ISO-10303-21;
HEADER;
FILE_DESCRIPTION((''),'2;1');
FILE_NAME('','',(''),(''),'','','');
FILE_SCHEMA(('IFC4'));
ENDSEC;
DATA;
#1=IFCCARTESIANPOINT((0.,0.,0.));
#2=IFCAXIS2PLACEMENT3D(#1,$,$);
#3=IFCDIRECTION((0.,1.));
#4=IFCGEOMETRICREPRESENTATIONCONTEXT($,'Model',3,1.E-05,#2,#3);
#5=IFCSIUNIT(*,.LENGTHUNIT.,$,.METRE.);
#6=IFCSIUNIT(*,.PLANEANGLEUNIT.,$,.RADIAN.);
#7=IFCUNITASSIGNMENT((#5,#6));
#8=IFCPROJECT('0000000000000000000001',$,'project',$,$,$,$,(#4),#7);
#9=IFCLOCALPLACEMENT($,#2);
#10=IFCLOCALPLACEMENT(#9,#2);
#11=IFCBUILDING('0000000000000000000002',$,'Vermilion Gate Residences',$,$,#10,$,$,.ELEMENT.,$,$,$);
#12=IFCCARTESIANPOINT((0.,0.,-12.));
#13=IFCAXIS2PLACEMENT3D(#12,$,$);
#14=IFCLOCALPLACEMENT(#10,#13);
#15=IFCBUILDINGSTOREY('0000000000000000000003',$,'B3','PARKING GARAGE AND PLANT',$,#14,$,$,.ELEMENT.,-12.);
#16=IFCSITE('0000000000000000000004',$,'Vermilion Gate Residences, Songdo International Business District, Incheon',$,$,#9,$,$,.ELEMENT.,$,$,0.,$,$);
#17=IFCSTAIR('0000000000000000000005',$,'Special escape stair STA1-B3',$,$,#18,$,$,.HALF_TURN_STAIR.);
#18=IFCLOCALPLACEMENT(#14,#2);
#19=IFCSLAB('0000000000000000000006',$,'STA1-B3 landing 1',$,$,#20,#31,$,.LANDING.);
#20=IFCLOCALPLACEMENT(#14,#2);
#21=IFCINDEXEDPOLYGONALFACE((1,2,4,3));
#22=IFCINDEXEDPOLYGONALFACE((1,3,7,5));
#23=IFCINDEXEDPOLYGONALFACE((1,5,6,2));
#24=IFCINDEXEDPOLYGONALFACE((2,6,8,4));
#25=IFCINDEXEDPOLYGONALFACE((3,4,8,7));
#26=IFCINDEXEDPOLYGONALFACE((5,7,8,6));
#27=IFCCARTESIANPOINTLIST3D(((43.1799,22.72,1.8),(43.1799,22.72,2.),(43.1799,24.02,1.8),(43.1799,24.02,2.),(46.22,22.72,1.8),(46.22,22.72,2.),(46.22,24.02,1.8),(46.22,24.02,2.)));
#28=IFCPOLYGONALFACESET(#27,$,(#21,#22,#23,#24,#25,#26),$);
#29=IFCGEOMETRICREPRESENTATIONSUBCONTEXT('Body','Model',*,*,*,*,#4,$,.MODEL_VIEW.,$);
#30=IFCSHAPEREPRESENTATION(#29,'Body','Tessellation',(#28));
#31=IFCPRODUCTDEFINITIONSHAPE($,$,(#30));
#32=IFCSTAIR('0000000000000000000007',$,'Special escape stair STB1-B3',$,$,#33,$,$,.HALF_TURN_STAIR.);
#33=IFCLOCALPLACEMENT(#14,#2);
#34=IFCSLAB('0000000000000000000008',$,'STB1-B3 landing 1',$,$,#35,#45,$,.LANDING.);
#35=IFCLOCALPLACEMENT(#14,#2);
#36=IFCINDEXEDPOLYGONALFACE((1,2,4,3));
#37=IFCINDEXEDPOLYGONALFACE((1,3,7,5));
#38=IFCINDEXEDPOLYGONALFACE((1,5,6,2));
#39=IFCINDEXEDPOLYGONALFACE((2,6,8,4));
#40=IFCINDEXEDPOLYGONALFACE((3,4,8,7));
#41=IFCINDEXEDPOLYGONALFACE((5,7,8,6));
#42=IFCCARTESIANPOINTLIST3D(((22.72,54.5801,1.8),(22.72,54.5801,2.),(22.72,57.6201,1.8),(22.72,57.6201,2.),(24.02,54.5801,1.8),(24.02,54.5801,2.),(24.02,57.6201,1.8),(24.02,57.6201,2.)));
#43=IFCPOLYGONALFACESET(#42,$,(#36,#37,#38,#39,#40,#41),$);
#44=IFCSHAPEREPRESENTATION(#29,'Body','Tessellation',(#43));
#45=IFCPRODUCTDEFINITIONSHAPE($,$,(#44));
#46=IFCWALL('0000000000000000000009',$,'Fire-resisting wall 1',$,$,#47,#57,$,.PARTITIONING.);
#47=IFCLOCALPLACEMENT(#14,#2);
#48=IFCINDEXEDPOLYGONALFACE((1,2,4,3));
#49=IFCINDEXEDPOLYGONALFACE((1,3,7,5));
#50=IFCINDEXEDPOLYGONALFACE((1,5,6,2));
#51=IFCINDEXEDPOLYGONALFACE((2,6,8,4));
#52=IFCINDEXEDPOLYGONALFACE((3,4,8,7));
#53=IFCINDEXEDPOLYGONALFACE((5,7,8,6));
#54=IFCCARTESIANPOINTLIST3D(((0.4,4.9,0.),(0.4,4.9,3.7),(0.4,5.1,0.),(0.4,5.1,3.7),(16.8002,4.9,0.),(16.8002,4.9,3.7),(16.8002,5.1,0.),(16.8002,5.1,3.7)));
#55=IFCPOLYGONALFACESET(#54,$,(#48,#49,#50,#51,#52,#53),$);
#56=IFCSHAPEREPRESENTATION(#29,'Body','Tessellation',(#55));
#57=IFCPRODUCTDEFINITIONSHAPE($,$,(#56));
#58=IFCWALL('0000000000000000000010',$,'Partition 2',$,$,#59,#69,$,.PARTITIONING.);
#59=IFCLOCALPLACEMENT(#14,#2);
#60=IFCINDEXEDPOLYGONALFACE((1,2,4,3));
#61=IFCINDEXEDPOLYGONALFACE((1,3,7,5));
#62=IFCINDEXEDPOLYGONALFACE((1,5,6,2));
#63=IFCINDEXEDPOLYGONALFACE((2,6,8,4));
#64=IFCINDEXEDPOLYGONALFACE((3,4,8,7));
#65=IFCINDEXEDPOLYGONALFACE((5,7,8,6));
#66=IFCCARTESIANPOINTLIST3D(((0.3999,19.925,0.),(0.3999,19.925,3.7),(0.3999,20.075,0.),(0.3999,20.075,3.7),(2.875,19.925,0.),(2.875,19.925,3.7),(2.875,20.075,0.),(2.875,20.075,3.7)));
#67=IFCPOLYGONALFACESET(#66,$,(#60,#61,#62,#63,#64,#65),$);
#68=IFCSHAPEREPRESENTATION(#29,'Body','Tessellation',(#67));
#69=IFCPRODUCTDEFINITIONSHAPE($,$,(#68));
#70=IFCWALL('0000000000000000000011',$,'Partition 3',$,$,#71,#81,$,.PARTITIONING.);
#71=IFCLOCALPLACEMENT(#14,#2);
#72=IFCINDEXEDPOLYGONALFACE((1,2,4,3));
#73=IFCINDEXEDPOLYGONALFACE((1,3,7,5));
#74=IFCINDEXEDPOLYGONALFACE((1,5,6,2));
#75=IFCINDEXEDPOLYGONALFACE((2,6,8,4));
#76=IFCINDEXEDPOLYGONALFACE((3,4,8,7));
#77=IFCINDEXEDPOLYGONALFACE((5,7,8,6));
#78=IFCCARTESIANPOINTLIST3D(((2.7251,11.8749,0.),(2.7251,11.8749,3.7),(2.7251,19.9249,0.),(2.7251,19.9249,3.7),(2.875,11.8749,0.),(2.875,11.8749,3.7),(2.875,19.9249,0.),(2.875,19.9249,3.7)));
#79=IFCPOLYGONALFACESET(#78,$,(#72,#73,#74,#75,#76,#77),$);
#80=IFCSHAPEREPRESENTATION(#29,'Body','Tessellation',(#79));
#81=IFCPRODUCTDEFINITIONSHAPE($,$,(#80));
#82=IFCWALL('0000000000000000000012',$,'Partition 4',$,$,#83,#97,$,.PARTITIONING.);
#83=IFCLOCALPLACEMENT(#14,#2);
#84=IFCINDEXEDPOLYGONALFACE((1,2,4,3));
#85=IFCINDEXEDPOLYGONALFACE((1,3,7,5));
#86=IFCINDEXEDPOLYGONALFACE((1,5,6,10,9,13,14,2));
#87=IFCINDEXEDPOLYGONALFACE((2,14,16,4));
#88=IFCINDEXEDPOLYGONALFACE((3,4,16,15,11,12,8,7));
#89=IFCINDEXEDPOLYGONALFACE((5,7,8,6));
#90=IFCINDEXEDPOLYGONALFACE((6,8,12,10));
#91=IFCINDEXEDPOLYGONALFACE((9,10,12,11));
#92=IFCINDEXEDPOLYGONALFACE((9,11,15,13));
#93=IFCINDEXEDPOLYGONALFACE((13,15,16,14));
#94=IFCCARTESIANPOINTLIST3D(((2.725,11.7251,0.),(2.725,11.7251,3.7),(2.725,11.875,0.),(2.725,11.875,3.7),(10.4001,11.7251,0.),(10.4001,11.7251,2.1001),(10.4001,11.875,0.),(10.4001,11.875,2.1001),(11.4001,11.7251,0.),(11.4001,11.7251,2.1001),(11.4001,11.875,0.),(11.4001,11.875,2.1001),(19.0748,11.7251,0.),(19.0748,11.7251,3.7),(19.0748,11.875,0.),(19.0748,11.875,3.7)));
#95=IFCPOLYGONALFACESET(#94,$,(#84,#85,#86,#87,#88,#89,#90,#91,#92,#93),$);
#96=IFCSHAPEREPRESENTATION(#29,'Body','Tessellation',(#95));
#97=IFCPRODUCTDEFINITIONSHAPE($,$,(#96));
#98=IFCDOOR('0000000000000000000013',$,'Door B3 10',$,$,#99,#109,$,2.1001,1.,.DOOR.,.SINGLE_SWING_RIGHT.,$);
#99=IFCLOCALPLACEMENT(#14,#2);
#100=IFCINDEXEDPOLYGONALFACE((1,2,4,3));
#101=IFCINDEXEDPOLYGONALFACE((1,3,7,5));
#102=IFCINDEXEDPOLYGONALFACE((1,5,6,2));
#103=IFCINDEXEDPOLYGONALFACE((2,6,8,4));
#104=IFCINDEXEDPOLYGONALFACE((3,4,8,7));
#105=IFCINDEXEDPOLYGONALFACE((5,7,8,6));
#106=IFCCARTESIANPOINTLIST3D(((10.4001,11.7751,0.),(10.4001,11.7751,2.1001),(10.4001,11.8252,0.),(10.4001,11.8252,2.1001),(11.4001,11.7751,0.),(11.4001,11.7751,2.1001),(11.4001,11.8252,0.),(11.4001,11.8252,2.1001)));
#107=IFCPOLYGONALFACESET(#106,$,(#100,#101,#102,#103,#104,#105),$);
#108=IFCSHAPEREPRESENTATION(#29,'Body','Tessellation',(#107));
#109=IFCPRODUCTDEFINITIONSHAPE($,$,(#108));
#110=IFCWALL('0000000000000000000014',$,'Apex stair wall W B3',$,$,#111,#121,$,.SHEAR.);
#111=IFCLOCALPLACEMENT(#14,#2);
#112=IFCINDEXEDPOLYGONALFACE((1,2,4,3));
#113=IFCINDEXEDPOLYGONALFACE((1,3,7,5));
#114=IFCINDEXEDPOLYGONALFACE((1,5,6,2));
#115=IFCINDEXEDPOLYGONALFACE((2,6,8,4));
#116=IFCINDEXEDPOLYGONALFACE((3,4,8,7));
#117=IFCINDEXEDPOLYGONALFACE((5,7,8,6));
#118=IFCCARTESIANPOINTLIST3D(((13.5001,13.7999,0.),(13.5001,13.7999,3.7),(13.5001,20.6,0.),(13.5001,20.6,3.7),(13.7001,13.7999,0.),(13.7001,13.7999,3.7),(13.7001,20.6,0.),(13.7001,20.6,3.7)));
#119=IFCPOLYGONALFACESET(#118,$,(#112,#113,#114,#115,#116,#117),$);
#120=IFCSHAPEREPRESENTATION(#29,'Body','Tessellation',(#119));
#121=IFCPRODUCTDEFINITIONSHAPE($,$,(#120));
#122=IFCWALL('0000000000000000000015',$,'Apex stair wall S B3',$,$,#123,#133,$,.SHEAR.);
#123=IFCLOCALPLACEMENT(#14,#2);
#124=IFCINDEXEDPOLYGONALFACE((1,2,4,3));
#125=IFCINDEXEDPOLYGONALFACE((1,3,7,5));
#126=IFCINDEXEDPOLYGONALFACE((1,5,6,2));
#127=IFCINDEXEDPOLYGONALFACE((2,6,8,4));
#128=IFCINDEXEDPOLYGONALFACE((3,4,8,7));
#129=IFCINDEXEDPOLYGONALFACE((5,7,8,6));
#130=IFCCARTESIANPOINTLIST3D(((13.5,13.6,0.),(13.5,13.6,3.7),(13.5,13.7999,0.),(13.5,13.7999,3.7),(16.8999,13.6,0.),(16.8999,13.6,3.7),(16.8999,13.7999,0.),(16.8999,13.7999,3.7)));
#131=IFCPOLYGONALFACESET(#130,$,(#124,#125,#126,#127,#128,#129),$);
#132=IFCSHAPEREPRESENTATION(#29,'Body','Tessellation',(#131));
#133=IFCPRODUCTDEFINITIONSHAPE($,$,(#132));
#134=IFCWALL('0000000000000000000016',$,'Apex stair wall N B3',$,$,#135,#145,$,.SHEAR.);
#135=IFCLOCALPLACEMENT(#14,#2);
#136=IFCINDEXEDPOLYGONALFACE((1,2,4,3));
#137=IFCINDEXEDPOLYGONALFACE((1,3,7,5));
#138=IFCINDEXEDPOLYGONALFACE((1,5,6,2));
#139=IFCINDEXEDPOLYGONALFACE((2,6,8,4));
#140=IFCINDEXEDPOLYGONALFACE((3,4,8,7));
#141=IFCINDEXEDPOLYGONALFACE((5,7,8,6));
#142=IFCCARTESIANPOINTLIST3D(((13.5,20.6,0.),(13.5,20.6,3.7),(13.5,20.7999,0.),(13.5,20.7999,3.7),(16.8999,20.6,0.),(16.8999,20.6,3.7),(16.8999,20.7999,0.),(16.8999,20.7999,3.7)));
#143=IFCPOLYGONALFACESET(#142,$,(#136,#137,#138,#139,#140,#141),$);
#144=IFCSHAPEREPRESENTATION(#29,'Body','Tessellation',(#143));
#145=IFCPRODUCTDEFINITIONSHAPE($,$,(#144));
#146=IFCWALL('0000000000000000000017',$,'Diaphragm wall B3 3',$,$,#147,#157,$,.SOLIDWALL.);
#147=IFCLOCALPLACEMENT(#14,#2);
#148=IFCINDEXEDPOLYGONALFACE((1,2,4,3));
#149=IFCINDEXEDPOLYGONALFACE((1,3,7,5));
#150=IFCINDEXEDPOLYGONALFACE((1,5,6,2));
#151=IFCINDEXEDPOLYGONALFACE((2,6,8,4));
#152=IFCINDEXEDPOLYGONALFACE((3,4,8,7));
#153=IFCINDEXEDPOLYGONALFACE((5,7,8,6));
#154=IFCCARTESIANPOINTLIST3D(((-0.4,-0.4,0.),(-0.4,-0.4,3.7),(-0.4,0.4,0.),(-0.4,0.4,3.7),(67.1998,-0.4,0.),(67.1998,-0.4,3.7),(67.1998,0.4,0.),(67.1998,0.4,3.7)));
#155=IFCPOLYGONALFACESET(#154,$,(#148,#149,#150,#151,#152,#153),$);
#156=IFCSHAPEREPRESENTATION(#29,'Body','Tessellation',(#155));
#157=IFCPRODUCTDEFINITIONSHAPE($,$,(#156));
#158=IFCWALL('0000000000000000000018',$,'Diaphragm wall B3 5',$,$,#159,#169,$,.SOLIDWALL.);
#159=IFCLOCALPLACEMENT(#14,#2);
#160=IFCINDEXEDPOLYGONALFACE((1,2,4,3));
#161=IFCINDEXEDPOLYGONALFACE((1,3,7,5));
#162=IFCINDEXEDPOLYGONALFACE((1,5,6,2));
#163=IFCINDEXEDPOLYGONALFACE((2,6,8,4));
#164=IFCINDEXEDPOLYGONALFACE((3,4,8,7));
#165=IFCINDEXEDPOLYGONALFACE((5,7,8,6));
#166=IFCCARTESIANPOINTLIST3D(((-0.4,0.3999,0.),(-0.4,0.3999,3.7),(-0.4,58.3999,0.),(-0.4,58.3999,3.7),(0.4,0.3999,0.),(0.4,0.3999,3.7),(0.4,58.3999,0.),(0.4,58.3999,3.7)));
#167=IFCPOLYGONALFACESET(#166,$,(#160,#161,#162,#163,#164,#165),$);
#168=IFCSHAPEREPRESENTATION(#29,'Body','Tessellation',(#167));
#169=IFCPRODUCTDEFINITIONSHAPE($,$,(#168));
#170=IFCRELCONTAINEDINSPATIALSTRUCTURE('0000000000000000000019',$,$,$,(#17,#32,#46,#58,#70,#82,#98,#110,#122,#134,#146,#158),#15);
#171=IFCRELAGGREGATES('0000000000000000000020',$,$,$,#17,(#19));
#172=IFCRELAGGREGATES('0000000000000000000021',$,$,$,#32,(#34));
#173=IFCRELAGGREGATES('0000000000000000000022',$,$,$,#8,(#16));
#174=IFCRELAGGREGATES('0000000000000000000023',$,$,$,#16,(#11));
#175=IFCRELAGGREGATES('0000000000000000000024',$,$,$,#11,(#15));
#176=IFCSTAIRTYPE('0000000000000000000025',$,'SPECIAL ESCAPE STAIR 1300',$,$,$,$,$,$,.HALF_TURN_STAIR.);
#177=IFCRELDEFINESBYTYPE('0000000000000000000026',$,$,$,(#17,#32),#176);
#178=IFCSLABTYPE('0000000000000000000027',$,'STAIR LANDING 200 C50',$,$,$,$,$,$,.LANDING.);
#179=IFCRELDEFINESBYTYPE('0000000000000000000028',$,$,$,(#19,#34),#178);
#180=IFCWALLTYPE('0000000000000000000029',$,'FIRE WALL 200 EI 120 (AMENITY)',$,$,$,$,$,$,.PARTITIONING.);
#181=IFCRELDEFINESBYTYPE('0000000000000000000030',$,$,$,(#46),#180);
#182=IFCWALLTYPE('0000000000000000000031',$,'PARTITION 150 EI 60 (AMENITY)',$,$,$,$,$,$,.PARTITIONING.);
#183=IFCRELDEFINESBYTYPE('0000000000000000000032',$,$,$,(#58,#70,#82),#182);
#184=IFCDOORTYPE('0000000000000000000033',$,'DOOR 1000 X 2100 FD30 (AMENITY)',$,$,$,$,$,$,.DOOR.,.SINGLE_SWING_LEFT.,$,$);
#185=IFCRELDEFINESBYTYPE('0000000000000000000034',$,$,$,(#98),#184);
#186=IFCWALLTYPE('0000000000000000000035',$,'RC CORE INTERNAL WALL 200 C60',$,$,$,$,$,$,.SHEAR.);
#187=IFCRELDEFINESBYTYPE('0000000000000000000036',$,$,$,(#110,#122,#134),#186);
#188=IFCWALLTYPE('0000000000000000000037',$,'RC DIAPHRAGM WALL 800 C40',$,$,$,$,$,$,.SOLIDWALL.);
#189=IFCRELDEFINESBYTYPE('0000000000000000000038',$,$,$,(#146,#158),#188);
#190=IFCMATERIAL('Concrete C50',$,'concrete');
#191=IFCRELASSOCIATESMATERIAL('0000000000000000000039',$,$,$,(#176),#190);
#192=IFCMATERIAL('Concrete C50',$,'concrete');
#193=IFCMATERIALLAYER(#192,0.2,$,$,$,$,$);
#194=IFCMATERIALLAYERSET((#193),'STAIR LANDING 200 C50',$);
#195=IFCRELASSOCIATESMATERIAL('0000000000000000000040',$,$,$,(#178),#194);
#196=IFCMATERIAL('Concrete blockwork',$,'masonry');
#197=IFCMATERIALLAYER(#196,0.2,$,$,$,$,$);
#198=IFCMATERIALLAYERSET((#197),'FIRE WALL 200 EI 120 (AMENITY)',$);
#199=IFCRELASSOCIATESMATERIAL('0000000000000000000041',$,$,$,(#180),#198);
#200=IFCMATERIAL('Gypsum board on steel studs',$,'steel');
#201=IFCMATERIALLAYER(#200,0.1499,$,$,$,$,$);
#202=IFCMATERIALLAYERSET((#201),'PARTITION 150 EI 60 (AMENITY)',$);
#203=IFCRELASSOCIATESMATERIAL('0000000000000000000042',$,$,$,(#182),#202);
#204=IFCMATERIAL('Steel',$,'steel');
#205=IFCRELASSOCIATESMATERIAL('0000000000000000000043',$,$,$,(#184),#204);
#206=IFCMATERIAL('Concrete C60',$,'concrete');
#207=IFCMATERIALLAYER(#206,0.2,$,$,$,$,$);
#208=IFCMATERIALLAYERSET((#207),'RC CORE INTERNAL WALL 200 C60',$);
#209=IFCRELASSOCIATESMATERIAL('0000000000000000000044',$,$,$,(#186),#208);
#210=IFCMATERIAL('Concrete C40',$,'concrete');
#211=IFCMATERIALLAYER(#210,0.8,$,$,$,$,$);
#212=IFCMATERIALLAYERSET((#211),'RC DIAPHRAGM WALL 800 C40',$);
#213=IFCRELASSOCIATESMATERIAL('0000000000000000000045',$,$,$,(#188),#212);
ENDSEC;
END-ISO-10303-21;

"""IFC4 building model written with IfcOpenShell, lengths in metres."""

from ifc_helpers import new_model, si_unit, direction, frame, frame_2d, origin, place, context, subcontext, project, spatial, polyline, rectangle, outline, extrude, material, layer, layer_set, type_object, element, fill, aggregate, save


model = new_model("IFC4")

# Units and contexts
model_context = context("Model", 3, precision=1e-05, world=origin(), true_north=direction((0.0, 1.0)))
body_context = subcontext(model_context, "Body", "Model", "MODEL_VIEW")
ifc_project = project(units=[si_unit("LENGTHUNIT", "METRE"), si_unit("PLANEANGLEUNIT", "RADIAN")], contexts=[model_context])

# Site, building, storey
site_placement = place(None, origin())
site = spatial("IfcSite", under=ifc_project, at=site_placement, Name="Vermilion Gate Residences, Songdo International Business District, Incheon", CompositionType="ELEMENT", RefElevation=0.0)
building_placement = place(site_placement, origin())
building = spatial("IfcBuilding", under=site, at=building_placement, Name="Vermilion Gate Residences", CompositionType="ELEMENT")
storey_placement = place(building_placement, frame((0.0, 0.0, -12.0)))
storey = spatial("IfcBuildingStorey", under=building, at=storey_placement, Name="B3", Description="PARKING GARAGE AND PLANT", CompositionType="ELEMENT", Elevation=-12.0)

# Stairs, slabs
ifc_material_1 = material(Name="Concrete C50", Category="concrete")
stair_type_1 = type_object("IfcStairType", Name="SPECIAL ESCAPE STAIR 1300", PredefinedType="HALF_TURN_STAIR", material=ifc_material_1)
stair_1_placement = place(storey_placement, origin())
stair_1 = element("IfcStair", 1, at=stair_1_placement, inside=storey, type_object=stair_type_1, Name="Special escape stair STA1-B3", PredefinedType="HALF_TURN_STAIR")
ifc_material_2 = material(Name="Concrete C50", Category="concrete")
ifc_layer_1 = layer(ifc_material_2, 0.2)
ifc_layer_set_1 = layer_set([ifc_layer_1], Name="STAIR LANDING 200 C50")
slab_type_1 = type_object("IfcSlabType", Name="STAIR LANDING 200 C50", PredefinedType="LANDING", material=ifc_layer_set_1)
slab_1_placement = place(storey_placement, frame((0.0, 0.0, 1.8)))
slab_1 = element("IfcSlab", 2, at=slab_1_placement, type_object=slab_type_1, Name="STA1-B3 landing 1", PredefinedType="LANDING", context=body_context, shape_type="SweptSolid", body=[
    extrude(outline(polyline([(46.22, 22.72), (46.22, 24.02), (43.1799, 24.02), (43.1799, 22.72), (46.22, 22.72)])), origin(), (0.0, 0.0, 1.0), 0.2),
])
aggregate(stair_1, [slab_1])
stair_2_placement = place(storey_placement, origin())
stair_2 = element("IfcStair", 3, at=stair_2_placement, inside=storey, type_object=stair_type_1, Name="Special escape stair STB1-B3", PredefinedType="HALF_TURN_STAIR")
slab_2_placement = place(storey_placement, frame((0.0, 0.0, 1.8)))
slab_2 = element("IfcSlab", 4, at=slab_2_placement, type_object=slab_type_1, Name="STB1-B3 landing 1", PredefinedType="LANDING", context=body_context, shape_type="SweptSolid", body=[
    extrude(outline(polyline([(24.02, 54.5801), (24.02, 57.6201), (22.72, 57.6201), (22.72, 54.5801), (24.02, 54.5801)])), origin(), (0.0, 0.0, 1.0), 0.2),
])
aggregate(stair_2, [slab_2])

# Walls
ifc_material_3 = material(Name="Concrete blockwork", Category="masonry")
ifc_layer_2 = layer(ifc_material_3, 0.2)
ifc_layer_set_2 = layer_set([ifc_layer_2], Name="FIRE WALL 200 EI 120 (AMENITY)")
wall_type_1 = type_object("IfcWallType", Name="FIRE WALL 200 EI 120 (AMENITY)", PredefinedType="PARTITIONING", material=ifc_layer_set_2)
wall_1_placement = place(storey_placement, frame((0.3999, 5.0, 0.0), z_axis=(0.0, 0.0, 1.0), x_axis=(1.0, 0.0, 0.0)))
element("IfcWall", 5, at=wall_1_placement, inside=storey, type_object=wall_type_1, Name="Fire-resisting wall 1", PredefinedType="PARTITIONING", context=body_context, shape_type="SweptSolid", body=[
    extrude(rectangle(XDim=16.4001, YDim=0.2, at=frame_2d((8.2002, 0.0))), origin(), (0.0, 0.0, 1.0), 3.7),
])
ifc_material_4 = material(Name="Gypsum board on steel studs", Category="steel")
ifc_layer_3 = layer(ifc_material_4, 0.1499)
ifc_layer_set_3 = layer_set([ifc_layer_3], Name="PARTITION 150 EI 60 (AMENITY)")
wall_type_2 = type_object("IfcWallType", Name="PARTITION 150 EI 60 (AMENITY)", PredefinedType="PARTITIONING", material=ifc_layer_set_3)
wall_2_placement = place(storey_placement, frame((0.3999, 20.0, 0.0), z_axis=(0.0, 0.0, 1.0), x_axis=(1.0, 0.0, 0.0)))
element("IfcWall", 6, at=wall_2_placement, inside=storey, type_object=wall_type_2, Name="Partition 2", PredefinedType="PARTITIONING", context=body_context, shape_type="SweptSolid", body=[
    extrude(rectangle(XDim=2.4751, YDim=0.1499, at=frame_2d((1.2375, 0.0))), origin(), (0.0, 0.0, 1.0), 3.7),
])
wall_3_placement = place(storey_placement, frame((2.8, 11.875, 0.0), z_axis=(0.0, 0.0, 1.0), x_axis=(0.0, 1.0, 0.0)))
element("IfcWall", 7, at=wall_3_placement, inside=storey, type_object=wall_type_2, Name="Partition 3", PredefinedType="PARTITIONING", context=body_context, shape_type="SweptSolid", body=[
    extrude(rectangle(XDim=8.05, YDim=0.1499, at=frame_2d((4.0249, 0.0))), origin(), (0.0, 0.0, 1.0), 3.7),
])

# Wall, opening, door
wall_4_placement = place(storey_placement, frame((2.7251, 11.8, 0.0), z_axis=(0.0, 0.0, 1.0), x_axis=(1.0, 0.0, 0.0)))
wall_4 = element("IfcWall", 8, at=wall_4_placement, inside=storey, type_object=wall_type_2, Name="Partition 4", PredefinedType="PARTITIONING", context=body_context, shape_type="SweptSolid", body=[
    extrude(rectangle(XDim=16.3499, YDim=0.1499, at=frame_2d((8.1748, 0.0))), origin(), (0.0, 0.0, 1.0), 3.7),
])
opening_placement = place(wall_4_placement, frame((7.675, 0.0, 0.0)))
opening = element("IfcOpeningElement", 9, at=opening_placement, cuts=wall_4, PredefinedType="OPENING", context=body_context, shape_type="SweptSolid", body=[
    extrude(rectangle(XDim=1.0, YDim=2.1001, at=frame_2d((0.5, 1.05))), frame((0.0, 0.085, 0.0), z_axis=(0.0, -1.0, 0.0), x_axis=(1.0, 0.0, 0.0)), (0.0, 0.0, 1.0), 0.1699),
])
ifc_material_5 = material(Name="Steel", Category="steel")
door_type = type_object("IfcDoorType", Name="DOOR 1000 X 2100 FD30 (AMENITY)", OperationType="SINGLE_SWING_LEFT", PredefinedType="DOOR", material=ifc_material_5)
door_placement = place(opening_placement, frame((1.0, 0.0, 0.0), z_axis=(0.0, 0.0, 1.0), x_axis=(-1.0, 0.0, 0.0)))
door = element("IfcDoor", 10, at=door_placement, inside=storey, type_object=door_type, Name="Door B3 10", OperationType="SINGLE_SWING_RIGHT", OverallHeight=2.1001, OverallWidth=1.0, PredefinedType="DOOR", context=body_context, shape_type="SweptSolid", body=[
    extrude(rectangle(XDim=1.0, YDim=2.1001, at=frame_2d((0.5, 1.05))), frame((0.0, 0.0249, 0.0), z_axis=(0.0, -1.0, 0.0), x_axis=(1.0, 0.0, 0.0)), (0.0, 0.0, 1.0), 0.05),
])
fill(opening, door)

# Walls
ifc_material_6 = material(Name="Concrete C60", Category="concrete")
ifc_layer_4 = layer(ifc_material_6, 0.2)
ifc_layer_set_4 = layer_set([ifc_layer_4], Name="RC CORE INTERNAL WALL 200 C60")
wall_type_3 = type_object("IfcWallType", Name="RC CORE INTERNAL WALL 200 C60", PredefinedType="SHEAR", material=ifc_layer_set_4)
wall_5_placement = place(storey_placement, frame((13.6001, 13.8, 0.0), z_axis=(0.0, 0.0, 1.0), x_axis=(0.0, 1.0, 0.0)))
element("IfcWall", 11, at=wall_5_placement, inside=storey, type_object=wall_type_3, Name="Apex stair wall W B3", PredefinedType="SHEAR", context=body_context, shape_type="SweptSolid", body=[
    extrude(rectangle(XDim=6.8, YDim=0.2, at=frame_2d((3.3999, 0.0))), origin(), (0.0, 0.0, 1.0), 3.7),
])
for number, where, z_axis, x_axis, name in (
    (12, (13.5, 13.7, 0.0), (0.0, 0.0, 1.0), (1.0, 0.0, 0.0), "Apex stair wall S B3"),
    (13, (13.5, 20.7, 0.0), (0.0, 0.0, 1.0), (1.0, 0.0, 0.0), "Apex stair wall N B3"),
):
    element("IfcWall", number, at=place(storey_placement, frame(where, z_axis=z_axis, x_axis=x_axis)), inside=storey, type_object=wall_type_3, Name=name, PredefinedType="SHEAR", context=body_context, shape_type="SweptSolid", body=[
        extrude(rectangle(XDim=3.3999, YDim=0.2, at=frame_2d((1.7, 0.0))), origin(), (0.0, 0.0, 1.0), 3.7),
    ])
ifc_material_7 = material(Name="Concrete C40", Category="concrete")
ifc_layer_5 = layer(ifc_material_7, 0.8)
ifc_layer_set_5 = layer_set([ifc_layer_5], Name="RC DIAPHRAGM WALL 800 C40")
wall_type_4 = type_object("IfcWallType", Name="RC DIAPHRAGM WALL 800 C40", PredefinedType="SOLIDWALL", material=ifc_layer_set_5)
wall_6_placement = place(storey_placement, frame((-0.3999, 0.0, 0.0), z_axis=(0.0, 0.0, 1.0), x_axis=(1.0, 0.0, 0.0)))
element("IfcWall", 14, at=wall_6_placement, inside=storey, type_object=wall_type_4, Name="Diaphragm wall B3 3", PredefinedType="SOLIDWALL", context=body_context, shape_type="SweptSolid", body=[
    extrude(rectangle(XDim=67.5999, YDim=0.8, at=frame_2d((33.7998, 0.0))), origin(), (0.0, 0.0, 1.0), 3.7),
])
wall_7_placement = place(storey_placement, frame((0.0, 0.3999, 0.0), z_axis=(0.0, 0.0, 1.0), x_axis=(0.0, 1.0, 0.0)))
element("IfcWall", 15, at=wall_7_placement, inside=storey, type_object=wall_type_4, Name="Diaphragm wall B3 5", PredefinedType="SOLIDWALL", context=body_context, shape_type="SweptSolid", body=[
    extrude(rectangle(XDim=58.0, YDim=0.8, at=frame_2d((29.0, 0.0))), origin(), (0.0, 0.0, 1.0), 3.7),
])

save(model, "model.ifc")
